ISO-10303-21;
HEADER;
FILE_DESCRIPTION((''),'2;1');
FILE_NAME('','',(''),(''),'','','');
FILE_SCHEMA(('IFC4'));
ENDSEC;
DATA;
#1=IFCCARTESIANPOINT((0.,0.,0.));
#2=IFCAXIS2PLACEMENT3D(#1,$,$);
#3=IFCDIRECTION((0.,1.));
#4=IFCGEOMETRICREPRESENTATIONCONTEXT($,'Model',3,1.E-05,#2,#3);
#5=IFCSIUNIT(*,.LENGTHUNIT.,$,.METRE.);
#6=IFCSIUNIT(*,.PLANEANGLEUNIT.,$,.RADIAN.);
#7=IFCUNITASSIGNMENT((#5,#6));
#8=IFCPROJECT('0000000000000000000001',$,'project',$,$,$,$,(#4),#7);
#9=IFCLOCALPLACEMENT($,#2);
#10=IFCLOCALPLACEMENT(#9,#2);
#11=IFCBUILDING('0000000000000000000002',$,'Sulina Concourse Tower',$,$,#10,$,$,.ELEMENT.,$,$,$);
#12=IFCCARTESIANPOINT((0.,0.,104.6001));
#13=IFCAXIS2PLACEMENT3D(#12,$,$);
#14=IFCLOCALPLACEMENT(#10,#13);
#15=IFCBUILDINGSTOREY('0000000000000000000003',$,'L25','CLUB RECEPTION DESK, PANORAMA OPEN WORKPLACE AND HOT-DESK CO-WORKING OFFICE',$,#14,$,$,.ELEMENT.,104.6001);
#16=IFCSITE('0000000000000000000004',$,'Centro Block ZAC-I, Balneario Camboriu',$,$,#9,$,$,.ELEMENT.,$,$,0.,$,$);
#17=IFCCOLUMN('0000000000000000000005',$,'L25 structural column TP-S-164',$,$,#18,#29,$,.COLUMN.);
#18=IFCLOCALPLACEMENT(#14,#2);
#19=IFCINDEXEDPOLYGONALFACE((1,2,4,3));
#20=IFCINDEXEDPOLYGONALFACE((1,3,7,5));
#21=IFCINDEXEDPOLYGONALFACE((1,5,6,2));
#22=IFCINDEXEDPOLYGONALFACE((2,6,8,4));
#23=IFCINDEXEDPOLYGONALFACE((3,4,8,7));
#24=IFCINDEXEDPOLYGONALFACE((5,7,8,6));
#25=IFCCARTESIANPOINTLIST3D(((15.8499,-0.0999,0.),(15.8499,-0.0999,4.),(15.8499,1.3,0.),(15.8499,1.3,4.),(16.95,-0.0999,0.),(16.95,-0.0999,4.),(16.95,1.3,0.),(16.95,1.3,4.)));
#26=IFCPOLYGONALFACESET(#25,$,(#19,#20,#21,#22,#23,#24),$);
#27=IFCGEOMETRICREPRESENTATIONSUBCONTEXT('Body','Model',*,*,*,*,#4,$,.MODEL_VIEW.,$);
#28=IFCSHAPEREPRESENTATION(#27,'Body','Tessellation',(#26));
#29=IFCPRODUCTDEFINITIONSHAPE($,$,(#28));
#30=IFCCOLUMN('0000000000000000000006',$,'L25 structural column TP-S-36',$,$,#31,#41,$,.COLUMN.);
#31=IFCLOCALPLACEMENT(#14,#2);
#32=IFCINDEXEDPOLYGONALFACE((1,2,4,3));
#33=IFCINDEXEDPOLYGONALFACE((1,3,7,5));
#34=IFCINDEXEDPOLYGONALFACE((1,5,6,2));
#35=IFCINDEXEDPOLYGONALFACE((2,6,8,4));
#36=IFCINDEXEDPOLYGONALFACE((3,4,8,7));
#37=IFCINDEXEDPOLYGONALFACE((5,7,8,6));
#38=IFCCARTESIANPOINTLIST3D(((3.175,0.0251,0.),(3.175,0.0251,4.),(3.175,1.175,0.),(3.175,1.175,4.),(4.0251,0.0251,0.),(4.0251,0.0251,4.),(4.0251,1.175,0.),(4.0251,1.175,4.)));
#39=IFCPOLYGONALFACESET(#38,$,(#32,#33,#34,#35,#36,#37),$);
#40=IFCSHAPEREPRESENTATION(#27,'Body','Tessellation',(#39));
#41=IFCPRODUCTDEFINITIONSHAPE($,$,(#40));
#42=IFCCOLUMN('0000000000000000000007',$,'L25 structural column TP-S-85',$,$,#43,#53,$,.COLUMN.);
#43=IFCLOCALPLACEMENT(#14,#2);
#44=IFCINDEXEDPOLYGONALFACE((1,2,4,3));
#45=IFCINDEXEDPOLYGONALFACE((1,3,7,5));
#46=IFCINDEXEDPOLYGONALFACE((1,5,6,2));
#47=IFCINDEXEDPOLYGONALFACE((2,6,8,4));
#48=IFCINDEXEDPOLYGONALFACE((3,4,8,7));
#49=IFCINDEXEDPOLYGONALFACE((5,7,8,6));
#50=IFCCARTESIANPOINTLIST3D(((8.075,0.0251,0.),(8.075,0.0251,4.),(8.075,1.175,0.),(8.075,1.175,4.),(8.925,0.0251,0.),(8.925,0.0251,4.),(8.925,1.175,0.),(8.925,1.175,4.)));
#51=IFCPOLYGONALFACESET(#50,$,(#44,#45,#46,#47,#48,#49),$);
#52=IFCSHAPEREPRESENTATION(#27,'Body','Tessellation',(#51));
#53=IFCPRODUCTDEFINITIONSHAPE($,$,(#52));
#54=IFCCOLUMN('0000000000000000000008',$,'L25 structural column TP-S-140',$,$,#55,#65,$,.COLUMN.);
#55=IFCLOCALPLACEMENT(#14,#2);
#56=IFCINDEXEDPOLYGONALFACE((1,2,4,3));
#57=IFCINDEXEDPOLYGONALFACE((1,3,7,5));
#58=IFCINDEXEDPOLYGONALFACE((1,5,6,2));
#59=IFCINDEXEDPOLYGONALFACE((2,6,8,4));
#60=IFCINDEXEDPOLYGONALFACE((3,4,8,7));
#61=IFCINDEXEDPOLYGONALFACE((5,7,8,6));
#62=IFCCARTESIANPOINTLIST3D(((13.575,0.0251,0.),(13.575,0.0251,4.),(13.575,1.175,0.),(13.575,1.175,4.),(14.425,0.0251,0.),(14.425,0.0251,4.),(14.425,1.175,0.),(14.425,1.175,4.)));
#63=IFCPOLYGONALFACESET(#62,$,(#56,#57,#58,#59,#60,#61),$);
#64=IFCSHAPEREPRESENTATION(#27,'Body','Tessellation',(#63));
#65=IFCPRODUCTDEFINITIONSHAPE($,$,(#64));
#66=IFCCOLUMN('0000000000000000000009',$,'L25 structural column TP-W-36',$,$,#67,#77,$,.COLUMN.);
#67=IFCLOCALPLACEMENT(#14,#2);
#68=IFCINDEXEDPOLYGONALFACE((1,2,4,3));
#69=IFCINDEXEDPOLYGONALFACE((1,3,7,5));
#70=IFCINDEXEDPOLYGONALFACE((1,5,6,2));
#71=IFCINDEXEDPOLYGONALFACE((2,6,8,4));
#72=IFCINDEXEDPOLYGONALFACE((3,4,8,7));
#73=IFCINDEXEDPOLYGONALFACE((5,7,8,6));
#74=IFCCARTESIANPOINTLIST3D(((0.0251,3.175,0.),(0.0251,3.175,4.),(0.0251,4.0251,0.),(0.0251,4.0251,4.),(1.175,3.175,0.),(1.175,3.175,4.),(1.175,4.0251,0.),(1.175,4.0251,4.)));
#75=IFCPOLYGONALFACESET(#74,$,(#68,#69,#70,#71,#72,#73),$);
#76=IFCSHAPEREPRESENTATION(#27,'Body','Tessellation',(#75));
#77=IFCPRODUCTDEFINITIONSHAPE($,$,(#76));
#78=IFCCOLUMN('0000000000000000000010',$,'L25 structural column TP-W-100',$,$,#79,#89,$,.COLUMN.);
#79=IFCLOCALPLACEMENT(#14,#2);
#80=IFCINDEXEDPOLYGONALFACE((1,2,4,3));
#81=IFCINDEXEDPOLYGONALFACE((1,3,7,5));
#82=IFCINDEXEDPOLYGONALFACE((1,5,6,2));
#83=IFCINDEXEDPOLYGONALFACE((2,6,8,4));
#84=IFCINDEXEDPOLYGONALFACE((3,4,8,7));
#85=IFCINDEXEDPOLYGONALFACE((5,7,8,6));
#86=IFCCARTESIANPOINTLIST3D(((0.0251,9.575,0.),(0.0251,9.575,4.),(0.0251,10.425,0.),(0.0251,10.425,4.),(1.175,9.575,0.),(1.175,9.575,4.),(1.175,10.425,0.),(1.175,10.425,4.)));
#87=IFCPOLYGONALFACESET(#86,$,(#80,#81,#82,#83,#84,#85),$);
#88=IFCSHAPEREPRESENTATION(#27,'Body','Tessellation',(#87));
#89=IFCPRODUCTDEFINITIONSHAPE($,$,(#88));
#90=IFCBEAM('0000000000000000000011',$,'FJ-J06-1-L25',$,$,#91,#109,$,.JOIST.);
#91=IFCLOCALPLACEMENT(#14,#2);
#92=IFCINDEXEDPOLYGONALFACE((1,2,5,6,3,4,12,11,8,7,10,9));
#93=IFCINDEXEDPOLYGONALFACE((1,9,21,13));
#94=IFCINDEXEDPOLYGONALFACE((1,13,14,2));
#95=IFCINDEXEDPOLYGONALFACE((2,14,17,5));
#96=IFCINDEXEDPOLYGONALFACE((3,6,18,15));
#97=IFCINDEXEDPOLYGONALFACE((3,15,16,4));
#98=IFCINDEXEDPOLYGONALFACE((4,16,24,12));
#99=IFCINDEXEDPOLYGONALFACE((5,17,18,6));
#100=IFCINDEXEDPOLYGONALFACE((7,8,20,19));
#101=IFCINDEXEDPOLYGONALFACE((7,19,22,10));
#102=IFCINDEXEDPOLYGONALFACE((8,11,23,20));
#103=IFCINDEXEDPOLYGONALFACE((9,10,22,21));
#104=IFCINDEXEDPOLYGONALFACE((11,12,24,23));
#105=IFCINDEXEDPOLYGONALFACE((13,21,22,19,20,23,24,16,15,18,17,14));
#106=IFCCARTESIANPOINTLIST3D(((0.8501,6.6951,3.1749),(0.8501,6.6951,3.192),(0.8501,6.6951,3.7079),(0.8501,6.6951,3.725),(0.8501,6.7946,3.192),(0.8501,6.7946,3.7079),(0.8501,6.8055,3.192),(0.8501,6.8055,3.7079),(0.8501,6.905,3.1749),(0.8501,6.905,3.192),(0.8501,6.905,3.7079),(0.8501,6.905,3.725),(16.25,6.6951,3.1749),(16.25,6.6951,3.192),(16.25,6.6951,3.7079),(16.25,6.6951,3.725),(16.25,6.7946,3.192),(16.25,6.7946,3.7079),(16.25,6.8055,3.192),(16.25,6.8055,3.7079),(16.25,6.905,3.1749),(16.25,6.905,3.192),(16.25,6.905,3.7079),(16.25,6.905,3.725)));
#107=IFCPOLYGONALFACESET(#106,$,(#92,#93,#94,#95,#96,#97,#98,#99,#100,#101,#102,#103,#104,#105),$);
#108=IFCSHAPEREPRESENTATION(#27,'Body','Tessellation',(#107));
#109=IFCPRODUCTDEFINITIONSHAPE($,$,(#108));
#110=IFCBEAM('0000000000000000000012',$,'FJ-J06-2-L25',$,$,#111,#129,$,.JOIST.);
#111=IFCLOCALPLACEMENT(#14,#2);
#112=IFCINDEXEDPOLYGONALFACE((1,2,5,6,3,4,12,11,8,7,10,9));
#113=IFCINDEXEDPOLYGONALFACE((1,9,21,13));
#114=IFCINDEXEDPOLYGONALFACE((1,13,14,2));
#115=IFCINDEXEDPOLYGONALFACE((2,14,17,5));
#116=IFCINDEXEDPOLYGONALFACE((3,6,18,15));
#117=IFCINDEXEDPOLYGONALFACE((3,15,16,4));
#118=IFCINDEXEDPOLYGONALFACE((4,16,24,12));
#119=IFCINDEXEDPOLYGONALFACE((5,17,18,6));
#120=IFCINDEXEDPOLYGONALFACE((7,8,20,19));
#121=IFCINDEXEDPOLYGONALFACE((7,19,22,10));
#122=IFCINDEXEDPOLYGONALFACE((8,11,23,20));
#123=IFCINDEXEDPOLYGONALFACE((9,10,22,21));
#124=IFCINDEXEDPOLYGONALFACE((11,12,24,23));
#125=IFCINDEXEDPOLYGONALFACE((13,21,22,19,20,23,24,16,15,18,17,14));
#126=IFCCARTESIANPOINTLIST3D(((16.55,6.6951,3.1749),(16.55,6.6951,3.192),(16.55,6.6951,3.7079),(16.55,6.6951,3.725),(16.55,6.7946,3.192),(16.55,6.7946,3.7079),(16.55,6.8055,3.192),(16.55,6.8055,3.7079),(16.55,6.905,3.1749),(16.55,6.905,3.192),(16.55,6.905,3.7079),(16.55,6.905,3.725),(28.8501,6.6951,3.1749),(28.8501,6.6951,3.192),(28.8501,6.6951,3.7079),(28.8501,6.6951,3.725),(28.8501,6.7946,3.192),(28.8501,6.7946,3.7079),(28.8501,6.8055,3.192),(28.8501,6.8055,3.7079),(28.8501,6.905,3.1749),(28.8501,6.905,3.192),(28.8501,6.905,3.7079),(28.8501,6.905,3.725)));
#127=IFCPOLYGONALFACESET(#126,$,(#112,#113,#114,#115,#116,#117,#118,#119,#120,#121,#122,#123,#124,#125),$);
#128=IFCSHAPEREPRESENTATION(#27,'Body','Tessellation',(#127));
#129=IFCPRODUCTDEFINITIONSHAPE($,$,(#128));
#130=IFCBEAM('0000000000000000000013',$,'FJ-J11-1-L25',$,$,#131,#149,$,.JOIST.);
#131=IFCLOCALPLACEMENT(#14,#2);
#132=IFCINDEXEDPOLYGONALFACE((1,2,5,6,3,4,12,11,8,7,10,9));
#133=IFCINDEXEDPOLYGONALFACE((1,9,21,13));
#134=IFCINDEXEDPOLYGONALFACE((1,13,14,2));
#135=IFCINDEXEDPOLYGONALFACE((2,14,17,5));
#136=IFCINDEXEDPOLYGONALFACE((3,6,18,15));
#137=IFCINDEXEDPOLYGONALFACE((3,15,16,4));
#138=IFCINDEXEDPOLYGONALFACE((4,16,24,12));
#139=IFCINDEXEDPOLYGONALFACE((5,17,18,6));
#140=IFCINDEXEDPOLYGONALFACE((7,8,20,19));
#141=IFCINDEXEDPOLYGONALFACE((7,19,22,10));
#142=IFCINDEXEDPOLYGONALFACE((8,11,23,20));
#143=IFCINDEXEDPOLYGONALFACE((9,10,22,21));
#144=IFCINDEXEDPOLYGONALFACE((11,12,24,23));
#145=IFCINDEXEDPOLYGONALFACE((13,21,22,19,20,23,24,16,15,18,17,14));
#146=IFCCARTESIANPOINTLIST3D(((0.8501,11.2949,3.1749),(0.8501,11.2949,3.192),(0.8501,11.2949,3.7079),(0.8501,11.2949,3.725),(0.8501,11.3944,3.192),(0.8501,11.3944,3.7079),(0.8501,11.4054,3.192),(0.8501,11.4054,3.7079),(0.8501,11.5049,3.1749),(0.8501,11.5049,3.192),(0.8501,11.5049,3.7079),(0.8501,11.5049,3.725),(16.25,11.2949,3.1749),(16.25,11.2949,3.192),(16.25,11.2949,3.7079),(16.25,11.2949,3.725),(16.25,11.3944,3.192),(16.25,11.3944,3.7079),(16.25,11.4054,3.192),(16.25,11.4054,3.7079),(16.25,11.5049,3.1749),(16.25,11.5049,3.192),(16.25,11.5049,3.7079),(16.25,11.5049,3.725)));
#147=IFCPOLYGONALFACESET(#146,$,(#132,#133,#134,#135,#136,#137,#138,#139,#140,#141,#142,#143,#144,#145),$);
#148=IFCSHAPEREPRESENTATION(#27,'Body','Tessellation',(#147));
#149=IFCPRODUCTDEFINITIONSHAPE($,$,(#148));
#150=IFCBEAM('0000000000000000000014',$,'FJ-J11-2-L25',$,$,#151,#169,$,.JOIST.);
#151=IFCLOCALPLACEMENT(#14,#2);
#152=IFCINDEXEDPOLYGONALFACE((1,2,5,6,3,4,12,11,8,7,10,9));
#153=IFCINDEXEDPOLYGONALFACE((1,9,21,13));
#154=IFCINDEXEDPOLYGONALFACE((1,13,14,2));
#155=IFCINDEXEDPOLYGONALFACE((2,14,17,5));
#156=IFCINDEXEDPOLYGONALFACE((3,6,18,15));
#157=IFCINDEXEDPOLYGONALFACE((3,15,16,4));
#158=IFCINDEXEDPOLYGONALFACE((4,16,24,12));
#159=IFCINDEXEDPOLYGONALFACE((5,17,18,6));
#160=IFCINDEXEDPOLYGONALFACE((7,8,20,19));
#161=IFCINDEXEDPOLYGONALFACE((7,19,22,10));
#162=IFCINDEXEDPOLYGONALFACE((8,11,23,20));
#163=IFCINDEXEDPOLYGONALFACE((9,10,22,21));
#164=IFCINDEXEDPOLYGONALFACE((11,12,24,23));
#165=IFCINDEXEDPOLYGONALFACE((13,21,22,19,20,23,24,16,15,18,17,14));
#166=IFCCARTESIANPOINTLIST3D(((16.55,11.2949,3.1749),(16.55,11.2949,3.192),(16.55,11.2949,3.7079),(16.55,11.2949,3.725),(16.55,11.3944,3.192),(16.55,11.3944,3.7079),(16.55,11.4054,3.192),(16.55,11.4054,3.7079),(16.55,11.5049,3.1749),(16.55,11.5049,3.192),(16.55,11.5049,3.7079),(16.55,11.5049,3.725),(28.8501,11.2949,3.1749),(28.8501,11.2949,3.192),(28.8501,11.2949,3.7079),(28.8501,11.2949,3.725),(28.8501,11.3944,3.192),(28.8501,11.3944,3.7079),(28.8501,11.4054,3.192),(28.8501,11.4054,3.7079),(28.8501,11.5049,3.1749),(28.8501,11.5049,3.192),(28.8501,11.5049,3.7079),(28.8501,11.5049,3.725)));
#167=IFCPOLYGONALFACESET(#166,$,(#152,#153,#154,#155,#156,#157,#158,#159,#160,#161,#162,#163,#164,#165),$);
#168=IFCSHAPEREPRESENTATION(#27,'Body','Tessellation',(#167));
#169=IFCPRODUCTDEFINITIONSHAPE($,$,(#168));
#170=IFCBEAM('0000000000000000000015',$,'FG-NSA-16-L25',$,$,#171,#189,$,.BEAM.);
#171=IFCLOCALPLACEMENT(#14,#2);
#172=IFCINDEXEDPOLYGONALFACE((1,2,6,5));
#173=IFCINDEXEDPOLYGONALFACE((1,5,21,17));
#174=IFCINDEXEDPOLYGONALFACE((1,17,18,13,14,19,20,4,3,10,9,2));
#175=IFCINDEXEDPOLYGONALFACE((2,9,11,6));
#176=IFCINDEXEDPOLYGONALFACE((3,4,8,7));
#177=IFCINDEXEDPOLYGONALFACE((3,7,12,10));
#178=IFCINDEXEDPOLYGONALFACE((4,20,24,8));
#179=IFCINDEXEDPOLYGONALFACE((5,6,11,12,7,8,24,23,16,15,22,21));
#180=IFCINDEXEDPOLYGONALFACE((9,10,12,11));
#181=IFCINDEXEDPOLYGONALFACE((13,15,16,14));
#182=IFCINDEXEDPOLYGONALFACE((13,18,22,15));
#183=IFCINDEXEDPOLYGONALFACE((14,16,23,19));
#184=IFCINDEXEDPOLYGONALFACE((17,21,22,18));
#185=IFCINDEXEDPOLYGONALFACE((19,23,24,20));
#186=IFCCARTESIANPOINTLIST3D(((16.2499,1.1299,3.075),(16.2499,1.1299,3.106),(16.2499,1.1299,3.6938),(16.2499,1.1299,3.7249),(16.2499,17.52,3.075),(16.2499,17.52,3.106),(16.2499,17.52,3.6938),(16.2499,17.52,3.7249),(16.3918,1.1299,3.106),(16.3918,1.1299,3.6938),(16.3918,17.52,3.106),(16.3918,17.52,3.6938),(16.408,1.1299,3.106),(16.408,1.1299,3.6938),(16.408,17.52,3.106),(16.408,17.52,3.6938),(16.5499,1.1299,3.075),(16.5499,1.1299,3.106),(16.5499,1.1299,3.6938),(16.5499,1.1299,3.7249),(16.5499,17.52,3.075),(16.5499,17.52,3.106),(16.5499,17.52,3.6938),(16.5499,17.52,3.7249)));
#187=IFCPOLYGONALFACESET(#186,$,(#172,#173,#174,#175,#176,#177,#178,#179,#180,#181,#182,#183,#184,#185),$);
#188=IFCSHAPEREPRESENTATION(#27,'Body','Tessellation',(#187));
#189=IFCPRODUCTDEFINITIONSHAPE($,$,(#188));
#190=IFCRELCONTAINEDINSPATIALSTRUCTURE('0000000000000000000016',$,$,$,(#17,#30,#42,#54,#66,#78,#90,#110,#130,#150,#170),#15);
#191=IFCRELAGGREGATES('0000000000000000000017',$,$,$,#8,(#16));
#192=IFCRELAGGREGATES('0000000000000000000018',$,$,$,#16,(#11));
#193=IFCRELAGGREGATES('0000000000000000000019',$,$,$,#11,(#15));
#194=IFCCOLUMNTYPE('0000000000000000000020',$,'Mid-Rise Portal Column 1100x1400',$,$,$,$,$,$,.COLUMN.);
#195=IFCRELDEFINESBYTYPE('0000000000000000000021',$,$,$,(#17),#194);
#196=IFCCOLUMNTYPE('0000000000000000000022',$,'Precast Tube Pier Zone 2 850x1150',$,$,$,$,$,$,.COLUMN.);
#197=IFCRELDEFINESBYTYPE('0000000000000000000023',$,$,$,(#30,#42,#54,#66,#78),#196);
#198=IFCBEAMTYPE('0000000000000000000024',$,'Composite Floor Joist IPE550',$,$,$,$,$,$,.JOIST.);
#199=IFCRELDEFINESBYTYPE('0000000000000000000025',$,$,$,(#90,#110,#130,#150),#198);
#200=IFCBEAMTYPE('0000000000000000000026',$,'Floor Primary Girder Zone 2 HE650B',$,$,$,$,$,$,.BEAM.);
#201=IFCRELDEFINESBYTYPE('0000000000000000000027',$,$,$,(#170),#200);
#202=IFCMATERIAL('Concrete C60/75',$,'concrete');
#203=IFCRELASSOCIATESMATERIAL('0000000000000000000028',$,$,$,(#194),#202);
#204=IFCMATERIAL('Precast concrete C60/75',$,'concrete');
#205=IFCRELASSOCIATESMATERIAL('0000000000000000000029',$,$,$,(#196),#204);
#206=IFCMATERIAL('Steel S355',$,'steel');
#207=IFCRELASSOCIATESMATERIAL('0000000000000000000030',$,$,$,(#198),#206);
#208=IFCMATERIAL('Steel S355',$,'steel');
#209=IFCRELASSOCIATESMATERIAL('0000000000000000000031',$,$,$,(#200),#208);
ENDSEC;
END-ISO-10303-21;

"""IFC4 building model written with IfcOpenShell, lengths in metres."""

from ifc_helpers import new_model, si_unit, direction, frame, origin, origin_2d, place, context, subcontext, project, spatial, rectangle, i_section, extrude, material, material_profile, profile_set, type_object, element, save


model = new_model("IFC4")

# Units and contexts
model_context = context("Model", 3, precision=1e-05, world=origin(), true_north=direction((0.0, 1.0)))
body_context = subcontext(model_context, "Body", "Model", "MODEL_VIEW")
ifc_project = project(units=[si_unit("LENGTHUNIT", "METRE"), si_unit("PLANEANGLEUNIT", "RADIAN")], contexts=[model_context])

# Site, building, storey
site_placement = place(None, origin())
site = spatial("IfcSite", under=ifc_project, at=site_placement, Name="Centro Block ZAC-I, Balneario Camboriu", CompositionType="ELEMENT", RefElevation=0.0)
building_placement = place(site_placement, origin())
building = spatial("IfcBuilding", under=site, at=building_placement, Name="Sulina Concourse Tower", CompositionType="ELEMENT")
storey_placement = place(building_placement, frame((0.0, 0.0, 104.6001)))
storey = spatial("IfcBuildingStorey", under=building, at=storey_placement, Name="L25", Description="CLUB RECEPTION DESK, PANORAMA OPEN WORKPLACE AND HOT-DESK CO-WORKING OFFICE", CompositionType="ELEMENT", Elevation=104.6001)

# Columns
ifc_material_1 = material(Name="Concrete C60/75", Category="concrete")
ifc_material_profile_1 = material_profile(ifc_material_1, rectangle(XDim=1.1001, YDim=1.3999, at=origin_2d()), Name="RC 1100x1400")
ifc_profile_set_1 = profile_set([ifc_material_profile_1], Name="Concrete C60/75")
column_type_1 = type_object("IfcColumnType", Name="Mid-Rise Portal Column 1100x1400", PredefinedType="COLUMN", material=ifc_profile_set_1)
column_placement = place(storey_placement, frame((16.3999, 0.6001, 0.0), z_axis=(0.0, 0.0, 1.0), x_axis=(1.0, 0.0, 0.0)))
element("IfcColumn", 1, at=column_placement, inside=storey, type_object=column_type_1, Name="L25 structural column TP-S-164", PredefinedType="COLUMN", context=body_context, shape_type="SweptSolid", body=[
    extrude(rectangle(XDim=1.1001, YDim=1.3999, at=origin_2d()), origin(), (0.0, 0.0, 1.0), 4.0),
])
ifc_material_2 = material(Name="Precast concrete C60/75", Category="concrete")
ifc_material_profile_2 = material_profile(ifc_material_2, rectangle(XDim=0.8501, YDim=1.1499, at=origin_2d()), Name="PC 850x1150")
ifc_profile_set_2 = profile_set([ifc_material_profile_2], Name="Precast concrete C60/75")
column_type_2 = type_object("IfcColumnType", Name="Precast Tube Pier Zone 2 850x1150", PredefinedType="COLUMN", material=ifc_profile_set_2)
for number, where, z_axis, x_axis, name in (
    (2, (3.6001, 0.6001, 0.0), (0.0, 0.0, 1.0), (1.0, 0.0, 0.0), "L25 structural column TP-S-36"),
    (3, (8.5, 0.6001, 0.0), (0.0, 0.0, 1.0), (1.0, 0.0, 0.0), "L25 structural column TP-S-85"),
    (4, (14.0, 0.6001, 0.0), (0.0, 0.0, 1.0), (1.0, 0.0, 0.0), "L25 structural column TP-S-140"),
    (5, (0.6001, 3.6001, 0.0), (0.0, 0.0, 1.0), (0.0, 1.0, 0.0), "L25 structural column TP-W-36"),
    (6, (0.6001, 10.0, 0.0), (0.0, 0.0, 1.0), (0.0, 1.0, 0.0), "L25 structural column TP-W-100"),
):
    element("IfcColumn", number, at=place(storey_placement, frame(where, z_axis=z_axis, x_axis=x_axis)), inside=storey, type_object=column_type_2, Name=name, PredefinedType="COLUMN", context=body_context, shape_type="SweptSolid", body=[
        extrude(rectangle(XDim=0.8501, YDim=1.1499, at=origin_2d()), origin(), (0.0, 0.0, 1.0), 4.0),
    ])

# Beams
ifc_material_3 = material(Name="Steel S355", Category="steel")
ifc_material_profile_3 = material_profile(ifc_material_3, i_section(OverallWidth=0.21, OverallDepth=0.55, WebThickness=0.011, FlangeThickness=0.0171, at=origin_2d()), Name="IPE 550")
ifc_profile_set_3 = profile_set([ifc_material_profile_3], Name="Steel S355")
beam_type_1 = type_object("IfcBeamType", Name="Composite Floor Joist IPE550", PredefinedType="JOIST", material=ifc_profile_set_3)
beam_1_placement = place(storey_placement, frame((0.8501, 6.8, 3.45), z_axis=(1.0, 0.0, 0.0), x_axis=(0.0, 1.0, 0.0)))
element("IfcBeam", 7, at=beam_1_placement, inside=storey, type_object=beam_type_1, Name="FJ-J06-1-L25", PredefinedType="JOIST", context=body_context, shape_type="SweptSolid", body=[
    extrude(i_section(OverallWidth=0.21, OverallDepth=0.55, WebThickness=0.011, FlangeThickness=0.0171, at=origin_2d()), origin(), (0.0, 0.0, 1.0), 15.3999),
])
beam_2_placement = place(storey_placement, frame((16.55, 6.8, 3.45), z_axis=(1.0, 0.0, 0.0), x_axis=(0.0, 1.0, 0.0)))
element("IfcBeam", 8, at=beam_2_placement, inside=storey, type_object=beam_type_1, Name="FJ-J06-2-L25", PredefinedType="JOIST", context=body_context, shape_type="SweptSolid", body=[
    extrude(i_section(OverallWidth=0.21, OverallDepth=0.55, WebThickness=0.011, FlangeThickness=0.0171, at=origin_2d()), origin(), (0.0, 0.0, 1.0), 12.3),
])
beam_3_placement = place(storey_placement, frame((0.8501, 11.3999, 3.45), z_axis=(1.0, 0.0, 0.0), x_axis=(0.0, 1.0, 0.0)))
element("IfcBeam", 9, at=beam_3_placement, inside=storey, type_object=beam_type_1, Name="FJ-J11-1-L25", PredefinedType="JOIST", context=body_context, shape_type="SweptSolid", body=[
    extrude(i_section(OverallWidth=0.21, OverallDepth=0.55, WebThickness=0.011, FlangeThickness=0.0171, at=origin_2d()), origin(), (0.0, 0.0, 1.0), 15.3999),
])
beam_4_placement = place(storey_placement, frame((16.55, 11.3999, 3.45), z_axis=(1.0, 0.0, 0.0), x_axis=(0.0, 1.0, 0.0)))
element("IfcBeam", 10, at=beam_4_placement, inside=storey, type_object=beam_type_1, Name="FJ-J11-2-L25", PredefinedType="JOIST", context=body_context, shape_type="SweptSolid", body=[
    extrude(i_section(OverallWidth=0.21, OverallDepth=0.55, WebThickness=0.011, FlangeThickness=0.0171, at=origin_2d()), origin(), (0.0, 0.0, 1.0), 12.3),
])
ifc_material_4 = material(Name="Steel S355", Category="steel")
ifc_material_profile_4 = material_profile(ifc_material_4, i_section(OverallWidth=0.3, OverallDepth=0.6499, WebThickness=0.0161, FlangeThickness=0.031, at=origin_2d()), Name="HE 650 B")
ifc_profile_set_4 = profile_set([ifc_material_profile_4], Name="Steel S355")
beam_type_2 = type_object("IfcBeamType", Name="Floor Primary Girder Zone 2 HE650B", PredefinedType="BEAM", material=ifc_profile_set_4)
beam_5_placement = place(storey_placement, frame((16.3999, 1.1299, 3.3999), z_axis=(0.0, 1.0, 0.0), x_axis=(-1.0, 0.0, 0.0)))
element("IfcBeam", 11, at=beam_5_placement, inside=storey, type_object=beam_type_2, Name="FG-NSA-16-L25", PredefinedType="BEAM", context=body_context, shape_type="SweptSolid", body=[
    extrude(i_section(OverallWidth=0.3, OverallDepth=0.6499, WebThickness=0.0161, FlangeThickness=0.031, at=origin_2d()), origin(), (0.0, 0.0, 1.0), 16.3901),
])

save(model, "model.ifc")
